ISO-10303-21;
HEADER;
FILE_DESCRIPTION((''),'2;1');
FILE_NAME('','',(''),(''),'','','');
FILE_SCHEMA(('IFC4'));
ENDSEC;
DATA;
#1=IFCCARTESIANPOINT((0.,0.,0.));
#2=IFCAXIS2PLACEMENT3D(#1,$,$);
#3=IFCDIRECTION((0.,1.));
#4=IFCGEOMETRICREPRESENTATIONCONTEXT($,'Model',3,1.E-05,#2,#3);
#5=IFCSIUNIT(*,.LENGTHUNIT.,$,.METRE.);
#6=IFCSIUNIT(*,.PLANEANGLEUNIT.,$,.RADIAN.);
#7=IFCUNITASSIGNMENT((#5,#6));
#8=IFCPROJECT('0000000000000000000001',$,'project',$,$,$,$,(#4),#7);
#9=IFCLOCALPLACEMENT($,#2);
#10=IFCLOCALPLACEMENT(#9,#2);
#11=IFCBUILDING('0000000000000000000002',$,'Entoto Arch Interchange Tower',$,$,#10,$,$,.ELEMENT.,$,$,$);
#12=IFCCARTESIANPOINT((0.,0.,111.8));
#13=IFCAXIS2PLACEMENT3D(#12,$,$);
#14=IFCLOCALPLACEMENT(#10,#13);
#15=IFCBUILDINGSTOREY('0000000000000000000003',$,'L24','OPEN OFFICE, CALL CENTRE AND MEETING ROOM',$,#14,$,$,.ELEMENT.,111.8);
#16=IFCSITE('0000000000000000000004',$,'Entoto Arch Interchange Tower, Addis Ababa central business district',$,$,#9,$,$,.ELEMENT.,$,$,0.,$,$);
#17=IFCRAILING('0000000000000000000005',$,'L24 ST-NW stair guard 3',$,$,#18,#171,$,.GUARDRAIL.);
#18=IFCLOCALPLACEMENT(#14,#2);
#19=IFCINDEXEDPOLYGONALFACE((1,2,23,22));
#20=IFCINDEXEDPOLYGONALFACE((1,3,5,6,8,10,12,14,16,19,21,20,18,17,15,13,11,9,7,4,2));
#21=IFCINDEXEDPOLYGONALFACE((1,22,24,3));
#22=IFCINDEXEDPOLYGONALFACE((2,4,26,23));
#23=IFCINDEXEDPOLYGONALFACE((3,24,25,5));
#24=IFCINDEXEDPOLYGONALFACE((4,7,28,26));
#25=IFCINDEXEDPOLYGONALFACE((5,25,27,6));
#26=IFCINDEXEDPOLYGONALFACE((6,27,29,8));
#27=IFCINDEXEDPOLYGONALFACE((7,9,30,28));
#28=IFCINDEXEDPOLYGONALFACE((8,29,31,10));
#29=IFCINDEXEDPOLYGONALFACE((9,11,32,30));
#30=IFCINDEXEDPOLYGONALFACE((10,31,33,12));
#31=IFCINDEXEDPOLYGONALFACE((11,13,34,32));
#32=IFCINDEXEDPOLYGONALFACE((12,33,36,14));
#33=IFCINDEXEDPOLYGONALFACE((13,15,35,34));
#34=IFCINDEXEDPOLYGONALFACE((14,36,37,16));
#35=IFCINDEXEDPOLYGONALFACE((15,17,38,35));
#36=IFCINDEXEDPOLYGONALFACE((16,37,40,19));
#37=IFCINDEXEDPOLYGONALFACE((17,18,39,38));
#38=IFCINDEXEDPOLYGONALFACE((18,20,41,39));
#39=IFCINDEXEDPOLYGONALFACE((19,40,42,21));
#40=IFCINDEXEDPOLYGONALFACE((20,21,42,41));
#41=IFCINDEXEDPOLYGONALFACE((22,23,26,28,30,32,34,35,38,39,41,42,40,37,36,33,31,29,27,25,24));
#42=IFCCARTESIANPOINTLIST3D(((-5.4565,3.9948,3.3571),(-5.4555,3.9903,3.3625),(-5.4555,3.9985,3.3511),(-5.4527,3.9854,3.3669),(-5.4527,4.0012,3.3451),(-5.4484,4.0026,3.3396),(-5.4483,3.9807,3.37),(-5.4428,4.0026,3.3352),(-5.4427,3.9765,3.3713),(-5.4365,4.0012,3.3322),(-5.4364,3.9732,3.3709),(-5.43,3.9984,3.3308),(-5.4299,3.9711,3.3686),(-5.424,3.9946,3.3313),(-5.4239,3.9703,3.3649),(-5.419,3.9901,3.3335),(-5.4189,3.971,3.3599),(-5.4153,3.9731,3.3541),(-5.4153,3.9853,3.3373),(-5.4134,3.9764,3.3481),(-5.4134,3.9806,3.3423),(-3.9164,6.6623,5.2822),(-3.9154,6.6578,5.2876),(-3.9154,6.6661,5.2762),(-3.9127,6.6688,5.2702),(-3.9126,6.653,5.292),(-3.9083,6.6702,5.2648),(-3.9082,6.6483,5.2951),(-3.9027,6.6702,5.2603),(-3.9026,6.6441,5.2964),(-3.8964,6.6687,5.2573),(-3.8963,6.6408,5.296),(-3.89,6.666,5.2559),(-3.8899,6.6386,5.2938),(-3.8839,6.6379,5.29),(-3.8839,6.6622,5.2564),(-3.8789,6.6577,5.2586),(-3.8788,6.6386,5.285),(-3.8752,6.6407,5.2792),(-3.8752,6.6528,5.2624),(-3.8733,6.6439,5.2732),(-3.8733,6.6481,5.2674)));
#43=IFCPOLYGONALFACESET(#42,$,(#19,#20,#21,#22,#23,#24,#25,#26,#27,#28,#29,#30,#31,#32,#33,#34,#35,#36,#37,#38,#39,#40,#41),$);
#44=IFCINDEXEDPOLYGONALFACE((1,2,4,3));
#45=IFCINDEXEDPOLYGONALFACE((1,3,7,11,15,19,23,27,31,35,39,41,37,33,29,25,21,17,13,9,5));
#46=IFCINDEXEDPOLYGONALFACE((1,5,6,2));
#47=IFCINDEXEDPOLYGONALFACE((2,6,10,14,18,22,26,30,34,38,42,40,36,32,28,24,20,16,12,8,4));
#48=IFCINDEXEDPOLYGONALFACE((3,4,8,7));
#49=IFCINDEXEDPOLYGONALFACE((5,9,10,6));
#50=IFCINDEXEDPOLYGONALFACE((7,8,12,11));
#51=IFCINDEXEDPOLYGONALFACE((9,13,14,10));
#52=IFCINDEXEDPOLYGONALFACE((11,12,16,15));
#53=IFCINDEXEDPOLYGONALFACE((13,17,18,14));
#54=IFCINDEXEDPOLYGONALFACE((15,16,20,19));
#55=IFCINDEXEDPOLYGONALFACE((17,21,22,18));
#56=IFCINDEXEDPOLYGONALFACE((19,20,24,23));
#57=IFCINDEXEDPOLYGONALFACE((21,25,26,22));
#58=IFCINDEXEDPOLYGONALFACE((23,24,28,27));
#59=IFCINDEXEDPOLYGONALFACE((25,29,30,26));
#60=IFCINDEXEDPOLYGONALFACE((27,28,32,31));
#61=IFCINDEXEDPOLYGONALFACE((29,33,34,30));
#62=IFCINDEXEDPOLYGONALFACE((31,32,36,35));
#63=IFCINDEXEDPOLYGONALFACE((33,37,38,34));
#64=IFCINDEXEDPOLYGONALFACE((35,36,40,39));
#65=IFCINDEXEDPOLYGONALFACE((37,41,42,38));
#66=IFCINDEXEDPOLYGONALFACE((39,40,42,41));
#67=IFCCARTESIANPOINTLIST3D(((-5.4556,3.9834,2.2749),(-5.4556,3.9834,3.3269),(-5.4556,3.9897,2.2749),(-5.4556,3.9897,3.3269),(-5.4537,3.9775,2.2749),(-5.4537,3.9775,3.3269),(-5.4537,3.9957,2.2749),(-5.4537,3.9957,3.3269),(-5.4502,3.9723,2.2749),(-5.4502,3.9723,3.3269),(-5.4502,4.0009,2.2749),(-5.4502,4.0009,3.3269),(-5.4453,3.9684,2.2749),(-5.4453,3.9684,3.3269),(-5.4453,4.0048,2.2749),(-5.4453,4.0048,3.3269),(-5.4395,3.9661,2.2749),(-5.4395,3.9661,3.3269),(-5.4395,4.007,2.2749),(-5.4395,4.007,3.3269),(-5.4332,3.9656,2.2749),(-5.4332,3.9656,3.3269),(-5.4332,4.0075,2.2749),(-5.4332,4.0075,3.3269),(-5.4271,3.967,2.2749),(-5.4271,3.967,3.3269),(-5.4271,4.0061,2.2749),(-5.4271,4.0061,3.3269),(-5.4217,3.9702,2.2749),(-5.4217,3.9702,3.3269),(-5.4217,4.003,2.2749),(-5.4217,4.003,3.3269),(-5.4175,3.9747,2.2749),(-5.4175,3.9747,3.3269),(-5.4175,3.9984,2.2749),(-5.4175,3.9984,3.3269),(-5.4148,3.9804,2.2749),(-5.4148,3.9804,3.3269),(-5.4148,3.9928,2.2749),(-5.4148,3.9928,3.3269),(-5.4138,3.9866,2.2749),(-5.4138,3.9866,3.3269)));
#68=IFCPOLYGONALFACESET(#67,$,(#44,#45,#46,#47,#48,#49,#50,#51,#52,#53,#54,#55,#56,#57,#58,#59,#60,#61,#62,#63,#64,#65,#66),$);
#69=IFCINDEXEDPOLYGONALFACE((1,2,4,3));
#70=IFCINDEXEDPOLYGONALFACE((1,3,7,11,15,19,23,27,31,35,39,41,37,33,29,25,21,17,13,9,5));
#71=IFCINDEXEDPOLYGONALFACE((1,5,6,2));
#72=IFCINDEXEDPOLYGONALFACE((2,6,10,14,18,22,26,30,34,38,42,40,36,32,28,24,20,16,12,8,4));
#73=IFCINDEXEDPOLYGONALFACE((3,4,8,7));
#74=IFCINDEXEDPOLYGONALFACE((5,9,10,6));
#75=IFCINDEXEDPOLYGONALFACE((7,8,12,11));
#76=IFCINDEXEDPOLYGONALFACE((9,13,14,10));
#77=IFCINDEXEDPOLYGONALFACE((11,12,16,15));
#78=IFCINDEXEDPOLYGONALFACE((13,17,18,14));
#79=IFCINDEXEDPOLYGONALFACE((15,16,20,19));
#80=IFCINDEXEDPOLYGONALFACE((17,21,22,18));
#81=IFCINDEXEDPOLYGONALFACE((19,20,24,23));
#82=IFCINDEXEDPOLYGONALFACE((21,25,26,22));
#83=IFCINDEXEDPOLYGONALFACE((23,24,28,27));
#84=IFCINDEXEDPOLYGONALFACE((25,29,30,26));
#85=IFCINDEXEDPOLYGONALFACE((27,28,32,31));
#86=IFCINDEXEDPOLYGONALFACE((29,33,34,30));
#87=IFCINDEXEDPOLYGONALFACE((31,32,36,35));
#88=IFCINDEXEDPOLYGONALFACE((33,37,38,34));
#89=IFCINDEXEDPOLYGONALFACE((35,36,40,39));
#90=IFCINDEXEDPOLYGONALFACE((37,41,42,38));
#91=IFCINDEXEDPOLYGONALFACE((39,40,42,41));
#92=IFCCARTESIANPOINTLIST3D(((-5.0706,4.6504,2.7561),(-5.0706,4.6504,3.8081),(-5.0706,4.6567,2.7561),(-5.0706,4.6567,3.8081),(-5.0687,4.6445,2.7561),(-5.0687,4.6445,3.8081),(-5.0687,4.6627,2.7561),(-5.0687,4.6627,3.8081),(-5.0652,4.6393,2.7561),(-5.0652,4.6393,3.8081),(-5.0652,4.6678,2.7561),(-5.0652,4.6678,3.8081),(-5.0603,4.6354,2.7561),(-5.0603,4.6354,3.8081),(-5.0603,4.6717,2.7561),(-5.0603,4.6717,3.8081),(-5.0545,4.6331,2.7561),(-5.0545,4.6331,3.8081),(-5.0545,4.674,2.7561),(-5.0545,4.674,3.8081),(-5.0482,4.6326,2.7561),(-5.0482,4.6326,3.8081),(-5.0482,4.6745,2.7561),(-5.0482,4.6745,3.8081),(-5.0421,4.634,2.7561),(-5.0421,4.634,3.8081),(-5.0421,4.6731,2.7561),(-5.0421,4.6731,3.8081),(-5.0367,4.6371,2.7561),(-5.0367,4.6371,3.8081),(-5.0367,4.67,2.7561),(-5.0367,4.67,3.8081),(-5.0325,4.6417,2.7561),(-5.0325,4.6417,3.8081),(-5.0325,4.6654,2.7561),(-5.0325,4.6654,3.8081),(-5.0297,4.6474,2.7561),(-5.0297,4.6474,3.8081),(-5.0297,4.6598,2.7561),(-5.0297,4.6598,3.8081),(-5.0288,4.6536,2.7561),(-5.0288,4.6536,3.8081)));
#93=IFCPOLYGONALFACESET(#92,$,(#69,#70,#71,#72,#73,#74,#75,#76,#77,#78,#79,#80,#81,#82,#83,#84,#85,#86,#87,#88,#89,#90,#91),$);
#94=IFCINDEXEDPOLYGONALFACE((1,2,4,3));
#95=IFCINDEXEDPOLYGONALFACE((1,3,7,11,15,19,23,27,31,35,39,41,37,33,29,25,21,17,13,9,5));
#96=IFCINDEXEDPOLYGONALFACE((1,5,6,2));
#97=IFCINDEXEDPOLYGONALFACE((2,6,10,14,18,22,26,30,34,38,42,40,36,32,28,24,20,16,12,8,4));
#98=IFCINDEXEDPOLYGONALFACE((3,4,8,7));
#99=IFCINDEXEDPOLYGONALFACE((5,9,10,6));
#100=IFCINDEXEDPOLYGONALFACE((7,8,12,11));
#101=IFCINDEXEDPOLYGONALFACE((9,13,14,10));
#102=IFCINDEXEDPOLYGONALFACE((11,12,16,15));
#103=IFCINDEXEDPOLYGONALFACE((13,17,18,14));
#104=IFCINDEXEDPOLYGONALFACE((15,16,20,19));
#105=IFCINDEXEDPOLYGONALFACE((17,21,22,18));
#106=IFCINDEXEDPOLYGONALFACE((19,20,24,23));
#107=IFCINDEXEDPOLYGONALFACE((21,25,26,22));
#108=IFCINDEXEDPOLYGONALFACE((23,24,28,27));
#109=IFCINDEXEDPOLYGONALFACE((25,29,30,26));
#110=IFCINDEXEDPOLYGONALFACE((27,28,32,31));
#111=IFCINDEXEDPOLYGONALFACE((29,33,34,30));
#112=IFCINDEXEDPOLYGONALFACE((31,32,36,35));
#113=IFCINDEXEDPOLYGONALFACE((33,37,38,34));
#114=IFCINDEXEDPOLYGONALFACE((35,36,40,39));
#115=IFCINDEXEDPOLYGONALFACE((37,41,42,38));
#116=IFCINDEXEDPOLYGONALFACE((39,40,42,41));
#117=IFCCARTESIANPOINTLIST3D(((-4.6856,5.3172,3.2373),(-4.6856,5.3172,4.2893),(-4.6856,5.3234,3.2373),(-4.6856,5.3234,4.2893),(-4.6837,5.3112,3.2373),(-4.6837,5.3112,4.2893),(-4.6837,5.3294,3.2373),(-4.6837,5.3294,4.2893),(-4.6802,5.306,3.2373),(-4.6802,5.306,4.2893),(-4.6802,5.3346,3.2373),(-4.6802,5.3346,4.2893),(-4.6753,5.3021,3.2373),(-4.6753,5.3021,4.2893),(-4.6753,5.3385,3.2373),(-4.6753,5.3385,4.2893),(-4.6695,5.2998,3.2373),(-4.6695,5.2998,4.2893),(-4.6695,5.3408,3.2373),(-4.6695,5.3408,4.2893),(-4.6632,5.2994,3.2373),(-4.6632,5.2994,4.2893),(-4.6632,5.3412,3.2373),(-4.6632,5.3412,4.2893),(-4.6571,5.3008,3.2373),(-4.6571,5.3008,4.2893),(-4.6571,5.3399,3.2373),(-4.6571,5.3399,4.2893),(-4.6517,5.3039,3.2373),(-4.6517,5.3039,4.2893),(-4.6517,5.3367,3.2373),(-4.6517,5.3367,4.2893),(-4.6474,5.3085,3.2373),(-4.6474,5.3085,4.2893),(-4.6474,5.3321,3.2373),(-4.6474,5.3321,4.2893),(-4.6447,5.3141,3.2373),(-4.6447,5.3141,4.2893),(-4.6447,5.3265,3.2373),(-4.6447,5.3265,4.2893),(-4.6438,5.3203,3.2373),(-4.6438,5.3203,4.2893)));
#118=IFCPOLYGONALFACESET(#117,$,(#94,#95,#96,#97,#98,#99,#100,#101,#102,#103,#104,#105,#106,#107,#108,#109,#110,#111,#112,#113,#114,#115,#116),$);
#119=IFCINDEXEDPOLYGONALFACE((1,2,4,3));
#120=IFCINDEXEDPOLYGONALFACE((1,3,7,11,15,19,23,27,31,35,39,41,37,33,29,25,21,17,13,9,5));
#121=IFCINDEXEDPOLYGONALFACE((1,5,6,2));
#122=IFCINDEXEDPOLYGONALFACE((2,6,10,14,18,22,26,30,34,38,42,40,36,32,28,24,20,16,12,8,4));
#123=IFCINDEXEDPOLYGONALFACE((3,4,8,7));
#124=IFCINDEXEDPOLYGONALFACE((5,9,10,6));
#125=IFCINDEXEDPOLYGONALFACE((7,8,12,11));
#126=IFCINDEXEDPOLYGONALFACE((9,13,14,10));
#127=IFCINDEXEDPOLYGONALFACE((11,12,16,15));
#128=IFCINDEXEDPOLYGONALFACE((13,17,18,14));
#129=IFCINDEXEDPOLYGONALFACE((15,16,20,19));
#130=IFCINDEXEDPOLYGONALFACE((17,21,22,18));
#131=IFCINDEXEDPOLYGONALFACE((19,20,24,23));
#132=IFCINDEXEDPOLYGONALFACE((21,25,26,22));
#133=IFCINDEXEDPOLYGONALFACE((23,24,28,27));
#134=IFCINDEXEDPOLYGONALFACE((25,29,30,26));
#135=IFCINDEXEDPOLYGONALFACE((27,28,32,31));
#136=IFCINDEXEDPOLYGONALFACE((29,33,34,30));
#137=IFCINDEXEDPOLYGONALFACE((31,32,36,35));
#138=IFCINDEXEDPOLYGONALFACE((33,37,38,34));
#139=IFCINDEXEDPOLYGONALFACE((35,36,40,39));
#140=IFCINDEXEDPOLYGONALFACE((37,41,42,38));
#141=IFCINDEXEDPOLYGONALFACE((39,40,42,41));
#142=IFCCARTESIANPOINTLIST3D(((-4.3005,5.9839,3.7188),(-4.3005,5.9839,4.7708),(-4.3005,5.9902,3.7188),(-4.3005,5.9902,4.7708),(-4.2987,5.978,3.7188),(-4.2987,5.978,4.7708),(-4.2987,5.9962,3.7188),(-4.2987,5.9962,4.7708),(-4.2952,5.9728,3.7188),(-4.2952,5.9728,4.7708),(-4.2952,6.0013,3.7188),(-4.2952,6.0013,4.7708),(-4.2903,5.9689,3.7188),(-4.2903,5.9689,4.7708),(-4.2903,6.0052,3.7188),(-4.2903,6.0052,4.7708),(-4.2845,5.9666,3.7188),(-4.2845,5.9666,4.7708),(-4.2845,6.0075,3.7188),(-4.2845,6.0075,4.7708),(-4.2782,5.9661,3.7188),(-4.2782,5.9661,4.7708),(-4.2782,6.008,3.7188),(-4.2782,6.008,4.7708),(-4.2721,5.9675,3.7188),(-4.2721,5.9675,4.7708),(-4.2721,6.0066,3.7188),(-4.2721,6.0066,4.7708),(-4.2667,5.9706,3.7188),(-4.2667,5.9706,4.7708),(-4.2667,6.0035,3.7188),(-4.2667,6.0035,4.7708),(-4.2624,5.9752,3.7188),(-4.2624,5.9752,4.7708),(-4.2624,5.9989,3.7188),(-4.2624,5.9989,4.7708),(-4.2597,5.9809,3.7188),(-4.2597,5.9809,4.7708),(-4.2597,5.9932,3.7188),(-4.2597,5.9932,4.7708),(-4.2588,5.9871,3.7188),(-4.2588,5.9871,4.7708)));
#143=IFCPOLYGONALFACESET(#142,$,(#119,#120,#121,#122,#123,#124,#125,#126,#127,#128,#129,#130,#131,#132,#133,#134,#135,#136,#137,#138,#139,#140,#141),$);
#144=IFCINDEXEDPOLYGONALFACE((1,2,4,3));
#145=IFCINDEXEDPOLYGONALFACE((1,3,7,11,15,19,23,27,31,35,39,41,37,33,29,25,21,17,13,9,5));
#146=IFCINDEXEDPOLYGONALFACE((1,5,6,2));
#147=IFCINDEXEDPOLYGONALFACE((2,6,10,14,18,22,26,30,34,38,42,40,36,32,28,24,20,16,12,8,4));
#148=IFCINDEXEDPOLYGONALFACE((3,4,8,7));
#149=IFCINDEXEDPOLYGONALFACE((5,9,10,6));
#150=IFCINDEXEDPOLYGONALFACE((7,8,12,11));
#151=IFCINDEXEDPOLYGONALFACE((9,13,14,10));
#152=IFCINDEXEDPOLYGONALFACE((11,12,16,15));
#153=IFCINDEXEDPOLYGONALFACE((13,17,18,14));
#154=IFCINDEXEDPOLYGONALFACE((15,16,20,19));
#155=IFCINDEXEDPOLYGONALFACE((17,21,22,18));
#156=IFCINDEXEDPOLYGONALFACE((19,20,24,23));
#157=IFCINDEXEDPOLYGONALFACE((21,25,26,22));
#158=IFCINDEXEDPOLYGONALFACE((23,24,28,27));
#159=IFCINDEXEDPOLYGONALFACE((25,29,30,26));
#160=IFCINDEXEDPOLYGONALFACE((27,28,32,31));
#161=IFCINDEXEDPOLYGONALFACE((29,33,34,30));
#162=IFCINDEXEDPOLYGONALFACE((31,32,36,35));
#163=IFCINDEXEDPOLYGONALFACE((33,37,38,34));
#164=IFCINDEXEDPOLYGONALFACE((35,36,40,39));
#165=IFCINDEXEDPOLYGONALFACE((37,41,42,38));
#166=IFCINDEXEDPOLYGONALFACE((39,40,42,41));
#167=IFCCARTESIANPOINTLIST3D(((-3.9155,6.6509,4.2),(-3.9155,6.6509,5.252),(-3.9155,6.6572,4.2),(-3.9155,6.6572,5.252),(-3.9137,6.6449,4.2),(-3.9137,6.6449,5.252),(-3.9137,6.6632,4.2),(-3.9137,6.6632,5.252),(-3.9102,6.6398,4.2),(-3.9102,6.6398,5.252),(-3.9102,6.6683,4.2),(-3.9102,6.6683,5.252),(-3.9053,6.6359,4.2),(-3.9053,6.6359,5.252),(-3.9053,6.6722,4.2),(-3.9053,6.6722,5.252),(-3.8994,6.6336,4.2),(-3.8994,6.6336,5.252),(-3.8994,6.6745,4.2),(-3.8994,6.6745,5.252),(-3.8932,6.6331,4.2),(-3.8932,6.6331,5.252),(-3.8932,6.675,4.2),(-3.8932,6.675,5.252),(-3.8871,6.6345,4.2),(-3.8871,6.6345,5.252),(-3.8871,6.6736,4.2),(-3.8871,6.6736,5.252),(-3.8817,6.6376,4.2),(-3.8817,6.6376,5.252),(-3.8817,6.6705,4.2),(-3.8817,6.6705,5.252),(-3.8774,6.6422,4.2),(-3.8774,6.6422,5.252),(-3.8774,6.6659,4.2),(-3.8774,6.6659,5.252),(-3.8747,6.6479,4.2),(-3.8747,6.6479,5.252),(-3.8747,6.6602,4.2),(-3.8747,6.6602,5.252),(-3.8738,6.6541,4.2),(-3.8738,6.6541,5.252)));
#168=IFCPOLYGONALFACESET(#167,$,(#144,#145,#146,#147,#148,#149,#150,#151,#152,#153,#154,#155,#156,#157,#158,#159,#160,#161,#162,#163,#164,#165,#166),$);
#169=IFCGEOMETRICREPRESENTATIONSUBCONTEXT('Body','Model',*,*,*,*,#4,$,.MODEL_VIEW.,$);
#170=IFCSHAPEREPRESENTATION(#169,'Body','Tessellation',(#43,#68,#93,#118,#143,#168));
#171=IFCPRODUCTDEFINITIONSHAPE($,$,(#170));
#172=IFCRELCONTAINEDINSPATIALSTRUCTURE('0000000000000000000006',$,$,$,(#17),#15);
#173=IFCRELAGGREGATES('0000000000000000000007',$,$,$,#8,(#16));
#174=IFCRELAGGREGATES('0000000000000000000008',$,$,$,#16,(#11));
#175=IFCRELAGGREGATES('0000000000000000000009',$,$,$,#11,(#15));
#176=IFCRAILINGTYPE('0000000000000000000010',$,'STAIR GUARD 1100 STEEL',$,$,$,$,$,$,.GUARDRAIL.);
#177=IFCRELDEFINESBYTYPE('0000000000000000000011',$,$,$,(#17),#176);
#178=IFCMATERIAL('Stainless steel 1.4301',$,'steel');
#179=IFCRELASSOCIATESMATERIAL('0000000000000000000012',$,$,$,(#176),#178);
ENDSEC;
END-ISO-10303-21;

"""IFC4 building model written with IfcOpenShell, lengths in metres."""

from ifc_helpers import new_model, si_unit, direction, frame, origin, origin_2d, place, context, subcontext, project, spatial, circle, extrude, material, type_object, element, save


model = new_model("IFC4")

# Units and contexts
model_context = context("Model", 3, precision=1e-05, world=origin(), true_north=direction((0.0, 1.0)))
body_context = subcontext(model_context, "Body", "Model", "MODEL_VIEW")
ifc_project = project(units=[si_unit("LENGTHUNIT", "METRE"), si_unit("PLANEANGLEUNIT", "RADIAN")], contexts=[model_context])

# Site, building, storey
site_placement = place(None, origin())
site = spatial("IfcSite", under=ifc_project, at=site_placement, Name="Entoto Arch Interchange Tower, Addis Ababa central business district", CompositionType="ELEMENT", RefElevation=0.0)
building_placement = place(site_placement, origin())
building = spatial("IfcBuilding", under=site, at=building_placement, Name="Entoto Arch Interchange Tower", CompositionType="ELEMENT")
storey_placement = place(building_placement, frame((0.0, 0.0, 111.8)))
storey = spatial("IfcBuildingStorey", under=building, at=storey_placement, Name="L24", Description="OPEN OFFICE, CALL CENTRE AND MEETING ROOM", CompositionType="ELEMENT", Elevation=111.8)

# Railing
ifc_material_1 = material(Name="Stainless steel 1.4301", Category="steel")
railing_type = type_object("IfcRailingType", Name="STAIR GUARD 1100 STEEL", PredefinedType="GUARDRAIL", material=ifc_material_1)
railing_1_placement = place(storey_placement, frame((-5.4348, 3.9866, 2.2749)))
element("IfcRailing", 1, at=railing_1_placement, inside=storey, type_object=railing_type, Name="L24 ST-NW stair guard 3", PredefinedType="GUARDRAIL", context=body_context, shape_type="SweptSolid", body=[
    extrude(circle(Radius=0.0239, at=origin_2d()), frame((0.0, 0.0, 1.0762), z_axis=(0.423994, 0.734395, 0.529993), x_axis=(-0.86603, 0.499992, 0.0)), (0.0, 0.0, 1.0), 3.6323),
    extrude(circle(Radius=0.021, at=origin_2d()), origin(), (0.0, 0.0, 1.0), 1.052),
    extrude(circle(Radius=0.021, at=origin_2d()), frame((0.385, 0.667, 0.4812)), (0.0, 0.0, 1.0), 1.052),
    extrude(circle(Radius=0.021, at=origin_2d()), frame((0.77, 1.3337, 0.9624)), (0.0, 0.0, 1.0), 1.052),
    extrude(circle(Radius=0.021, at=origin_2d()), frame((1.155, 2.0005, 1.4438)), (0.0, 0.0, 1.0), 1.052),
    extrude(circle(Radius=0.021, at=origin_2d()), frame((1.54, 2.6675, 1.925)), (0.0, 0.0, 1.0), 1.052),
])

save(model, "model.ifc")
